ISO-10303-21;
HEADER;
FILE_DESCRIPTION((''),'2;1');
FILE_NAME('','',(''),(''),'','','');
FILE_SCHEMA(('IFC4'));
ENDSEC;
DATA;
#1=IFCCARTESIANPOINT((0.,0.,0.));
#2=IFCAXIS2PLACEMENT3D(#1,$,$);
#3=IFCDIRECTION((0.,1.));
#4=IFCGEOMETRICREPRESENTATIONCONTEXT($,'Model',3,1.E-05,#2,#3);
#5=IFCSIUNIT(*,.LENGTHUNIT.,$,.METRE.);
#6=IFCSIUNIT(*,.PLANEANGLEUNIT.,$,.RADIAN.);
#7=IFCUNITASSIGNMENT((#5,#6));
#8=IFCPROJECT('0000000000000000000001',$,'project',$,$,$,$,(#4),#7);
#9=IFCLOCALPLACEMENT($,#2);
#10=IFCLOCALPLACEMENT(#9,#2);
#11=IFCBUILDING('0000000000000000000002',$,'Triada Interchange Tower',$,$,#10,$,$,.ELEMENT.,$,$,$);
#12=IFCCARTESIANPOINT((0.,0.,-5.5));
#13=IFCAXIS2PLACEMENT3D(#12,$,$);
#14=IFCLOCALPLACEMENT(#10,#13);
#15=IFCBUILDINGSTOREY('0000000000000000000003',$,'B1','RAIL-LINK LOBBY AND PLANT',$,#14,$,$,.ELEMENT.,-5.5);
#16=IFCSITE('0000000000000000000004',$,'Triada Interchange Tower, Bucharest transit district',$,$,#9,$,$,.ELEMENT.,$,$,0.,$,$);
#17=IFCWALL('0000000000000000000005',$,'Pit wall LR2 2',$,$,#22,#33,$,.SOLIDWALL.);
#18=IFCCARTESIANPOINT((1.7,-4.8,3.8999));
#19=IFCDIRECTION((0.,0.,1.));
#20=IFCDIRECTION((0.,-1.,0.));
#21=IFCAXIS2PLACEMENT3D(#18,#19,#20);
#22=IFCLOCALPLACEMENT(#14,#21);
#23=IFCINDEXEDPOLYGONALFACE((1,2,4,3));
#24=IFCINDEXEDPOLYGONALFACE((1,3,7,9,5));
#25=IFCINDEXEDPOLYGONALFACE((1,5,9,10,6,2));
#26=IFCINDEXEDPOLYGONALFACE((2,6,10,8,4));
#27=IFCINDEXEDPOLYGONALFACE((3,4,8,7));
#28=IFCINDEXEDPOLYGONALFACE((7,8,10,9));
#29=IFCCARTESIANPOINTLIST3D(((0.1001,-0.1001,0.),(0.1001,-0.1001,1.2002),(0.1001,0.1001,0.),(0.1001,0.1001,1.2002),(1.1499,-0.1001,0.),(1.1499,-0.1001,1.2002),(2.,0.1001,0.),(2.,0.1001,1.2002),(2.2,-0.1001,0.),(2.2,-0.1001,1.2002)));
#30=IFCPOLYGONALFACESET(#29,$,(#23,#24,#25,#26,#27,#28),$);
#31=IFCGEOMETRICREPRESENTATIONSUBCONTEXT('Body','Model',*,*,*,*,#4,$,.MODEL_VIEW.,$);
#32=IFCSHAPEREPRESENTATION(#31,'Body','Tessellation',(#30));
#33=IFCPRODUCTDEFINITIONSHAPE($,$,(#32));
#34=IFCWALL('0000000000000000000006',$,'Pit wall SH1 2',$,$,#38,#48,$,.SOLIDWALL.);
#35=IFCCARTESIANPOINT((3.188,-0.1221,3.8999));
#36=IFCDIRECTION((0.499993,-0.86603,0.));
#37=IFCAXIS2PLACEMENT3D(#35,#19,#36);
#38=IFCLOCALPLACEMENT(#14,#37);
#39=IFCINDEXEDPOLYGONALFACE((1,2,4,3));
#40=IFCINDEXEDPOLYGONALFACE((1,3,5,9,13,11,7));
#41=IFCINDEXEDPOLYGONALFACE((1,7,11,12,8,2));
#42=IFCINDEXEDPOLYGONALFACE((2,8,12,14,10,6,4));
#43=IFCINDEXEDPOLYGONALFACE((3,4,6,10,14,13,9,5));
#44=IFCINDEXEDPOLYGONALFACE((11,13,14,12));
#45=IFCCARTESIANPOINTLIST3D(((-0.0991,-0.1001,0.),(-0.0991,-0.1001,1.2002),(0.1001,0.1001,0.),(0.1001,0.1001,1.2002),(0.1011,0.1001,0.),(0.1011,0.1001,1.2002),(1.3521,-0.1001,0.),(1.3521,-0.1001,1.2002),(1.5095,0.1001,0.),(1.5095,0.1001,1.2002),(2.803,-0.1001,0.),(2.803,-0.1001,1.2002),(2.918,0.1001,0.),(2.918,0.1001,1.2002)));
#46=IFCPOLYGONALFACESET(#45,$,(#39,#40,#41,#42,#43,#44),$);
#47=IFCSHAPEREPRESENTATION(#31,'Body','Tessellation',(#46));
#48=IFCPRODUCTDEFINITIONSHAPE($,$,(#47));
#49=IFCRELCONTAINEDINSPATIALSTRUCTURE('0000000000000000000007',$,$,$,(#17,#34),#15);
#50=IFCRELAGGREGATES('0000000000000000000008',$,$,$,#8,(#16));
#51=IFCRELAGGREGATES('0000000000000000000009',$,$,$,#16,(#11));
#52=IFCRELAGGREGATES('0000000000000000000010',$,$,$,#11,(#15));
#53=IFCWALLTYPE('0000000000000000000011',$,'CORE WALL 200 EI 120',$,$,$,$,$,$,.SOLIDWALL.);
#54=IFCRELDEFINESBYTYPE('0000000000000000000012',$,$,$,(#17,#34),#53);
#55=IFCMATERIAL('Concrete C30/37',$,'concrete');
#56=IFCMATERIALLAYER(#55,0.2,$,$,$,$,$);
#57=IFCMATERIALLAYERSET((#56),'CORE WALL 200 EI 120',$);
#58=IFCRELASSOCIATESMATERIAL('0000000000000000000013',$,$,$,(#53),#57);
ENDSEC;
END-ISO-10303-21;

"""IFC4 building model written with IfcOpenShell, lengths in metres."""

from ifc_helpers import new_model, si_unit, direction, frame, origin, place, context, subcontext, project, spatial, polyline, outline, extrude, material, layer, layer_set, type_object, element, save


model = new_model("IFC4")

# Units and contexts
model_context = context("Model", 3, precision=1e-05, world=origin(), true_north=direction((0.0, 1.0)))
body_context = subcontext(model_context, "Body", "Model", "MODEL_VIEW")
ifc_project = project(units=[si_unit("LENGTHUNIT", "METRE"), si_unit("PLANEANGLEUNIT", "RADIAN")], contexts=[model_context])

# Site, building, storey
site_placement = place(None, origin())
site = spatial("IfcSite", under=ifc_project, at=site_placement, Name="Triada Interchange Tower, Bucharest transit district", CompositionType="ELEMENT", RefElevation=0.0)
building_placement = place(site_placement, origin())
building = spatial("IfcBuilding", under=site, at=building_placement, Name="Triada Interchange Tower", CompositionType="ELEMENT")
storey_placement = place(building_placement, frame((0.0, 0.0, -5.5)))
storey = spatial("IfcBuildingStorey", under=building, at=storey_placement, Name="B1", Description="RAIL-LINK LOBBY AND PLANT", CompositionType="ELEMENT", Elevation=-5.5)

# Shared definitions
ifc_material_1 = material(Name="Concrete C30/37", Category="concrete")

# Shared definitions
ifc_layer_1 = layer(ifc_material_1, 0.2)
ifc_layer_set_1 = layer_set([ifc_layer_1], Name="CORE WALL 200 EI 120")
wall_type = type_object("IfcWallType", Name="CORE WALL 200 EI 120", PredefinedType="SOLIDWALL", material=ifc_layer_set_1)

# Walls
wall_1_placement = place(storey_placement, frame((1.7, -4.8, 3.8999), z_axis=(0.0, 0.0, 1.0), x_axis=(0.0, -1.0, 0.0)))
element("IfcWall", 1, at=wall_1_placement, inside=storey, type_object=wall_type, Name="Pit wall LR2 2", PredefinedType="SOLIDWALL", context=body_context, shape_type="SweptSolid", body=[
    extrude(outline(polyline([(2.0, 0.1001), (2.2, -0.1001), (1.1499, -0.1001), (0.1001, -0.1001), (0.1001, -0.1001), (0.1001, 0.1001), (2.0, 0.1001)])), origin(), (0.0, 0.0, 1.0), 1.2002),
])
wall_2_placement = place(storey_placement, frame((3.188, -0.1221, 3.8999), z_axis=(0.0, 0.0, 1.0), x_axis=(0.499993, -0.86603, 0.0)))
element("IfcWall", 2, at=wall_2_placement, inside=storey, type_object=wall_type, Name="Pit wall SH1 2", PredefinedType="SOLIDWALL", context=body_context, shape_type="SweptSolid", body=[
    extrude(outline(polyline([(2.918, 0.1001), (2.803, -0.1001), (1.3521, -0.1001), (-0.0991, -0.1001), (0.1001, 0.1001), (0.1001, 0.1001), (0.1001, 0.1001), (0.1001, 0.1001), (0.1001, 0.1001), (0.1001, 0.1001), (0.1001, 0.1001), (0.1011, 0.1001), (0.1011, 0.1001), (0.1011, 0.1001), (1.5095, 0.1001), (2.918, 0.1001)])), origin(), (0.0, 0.0, 1.0), 1.2002),
])

save(model, "model.ifc")
